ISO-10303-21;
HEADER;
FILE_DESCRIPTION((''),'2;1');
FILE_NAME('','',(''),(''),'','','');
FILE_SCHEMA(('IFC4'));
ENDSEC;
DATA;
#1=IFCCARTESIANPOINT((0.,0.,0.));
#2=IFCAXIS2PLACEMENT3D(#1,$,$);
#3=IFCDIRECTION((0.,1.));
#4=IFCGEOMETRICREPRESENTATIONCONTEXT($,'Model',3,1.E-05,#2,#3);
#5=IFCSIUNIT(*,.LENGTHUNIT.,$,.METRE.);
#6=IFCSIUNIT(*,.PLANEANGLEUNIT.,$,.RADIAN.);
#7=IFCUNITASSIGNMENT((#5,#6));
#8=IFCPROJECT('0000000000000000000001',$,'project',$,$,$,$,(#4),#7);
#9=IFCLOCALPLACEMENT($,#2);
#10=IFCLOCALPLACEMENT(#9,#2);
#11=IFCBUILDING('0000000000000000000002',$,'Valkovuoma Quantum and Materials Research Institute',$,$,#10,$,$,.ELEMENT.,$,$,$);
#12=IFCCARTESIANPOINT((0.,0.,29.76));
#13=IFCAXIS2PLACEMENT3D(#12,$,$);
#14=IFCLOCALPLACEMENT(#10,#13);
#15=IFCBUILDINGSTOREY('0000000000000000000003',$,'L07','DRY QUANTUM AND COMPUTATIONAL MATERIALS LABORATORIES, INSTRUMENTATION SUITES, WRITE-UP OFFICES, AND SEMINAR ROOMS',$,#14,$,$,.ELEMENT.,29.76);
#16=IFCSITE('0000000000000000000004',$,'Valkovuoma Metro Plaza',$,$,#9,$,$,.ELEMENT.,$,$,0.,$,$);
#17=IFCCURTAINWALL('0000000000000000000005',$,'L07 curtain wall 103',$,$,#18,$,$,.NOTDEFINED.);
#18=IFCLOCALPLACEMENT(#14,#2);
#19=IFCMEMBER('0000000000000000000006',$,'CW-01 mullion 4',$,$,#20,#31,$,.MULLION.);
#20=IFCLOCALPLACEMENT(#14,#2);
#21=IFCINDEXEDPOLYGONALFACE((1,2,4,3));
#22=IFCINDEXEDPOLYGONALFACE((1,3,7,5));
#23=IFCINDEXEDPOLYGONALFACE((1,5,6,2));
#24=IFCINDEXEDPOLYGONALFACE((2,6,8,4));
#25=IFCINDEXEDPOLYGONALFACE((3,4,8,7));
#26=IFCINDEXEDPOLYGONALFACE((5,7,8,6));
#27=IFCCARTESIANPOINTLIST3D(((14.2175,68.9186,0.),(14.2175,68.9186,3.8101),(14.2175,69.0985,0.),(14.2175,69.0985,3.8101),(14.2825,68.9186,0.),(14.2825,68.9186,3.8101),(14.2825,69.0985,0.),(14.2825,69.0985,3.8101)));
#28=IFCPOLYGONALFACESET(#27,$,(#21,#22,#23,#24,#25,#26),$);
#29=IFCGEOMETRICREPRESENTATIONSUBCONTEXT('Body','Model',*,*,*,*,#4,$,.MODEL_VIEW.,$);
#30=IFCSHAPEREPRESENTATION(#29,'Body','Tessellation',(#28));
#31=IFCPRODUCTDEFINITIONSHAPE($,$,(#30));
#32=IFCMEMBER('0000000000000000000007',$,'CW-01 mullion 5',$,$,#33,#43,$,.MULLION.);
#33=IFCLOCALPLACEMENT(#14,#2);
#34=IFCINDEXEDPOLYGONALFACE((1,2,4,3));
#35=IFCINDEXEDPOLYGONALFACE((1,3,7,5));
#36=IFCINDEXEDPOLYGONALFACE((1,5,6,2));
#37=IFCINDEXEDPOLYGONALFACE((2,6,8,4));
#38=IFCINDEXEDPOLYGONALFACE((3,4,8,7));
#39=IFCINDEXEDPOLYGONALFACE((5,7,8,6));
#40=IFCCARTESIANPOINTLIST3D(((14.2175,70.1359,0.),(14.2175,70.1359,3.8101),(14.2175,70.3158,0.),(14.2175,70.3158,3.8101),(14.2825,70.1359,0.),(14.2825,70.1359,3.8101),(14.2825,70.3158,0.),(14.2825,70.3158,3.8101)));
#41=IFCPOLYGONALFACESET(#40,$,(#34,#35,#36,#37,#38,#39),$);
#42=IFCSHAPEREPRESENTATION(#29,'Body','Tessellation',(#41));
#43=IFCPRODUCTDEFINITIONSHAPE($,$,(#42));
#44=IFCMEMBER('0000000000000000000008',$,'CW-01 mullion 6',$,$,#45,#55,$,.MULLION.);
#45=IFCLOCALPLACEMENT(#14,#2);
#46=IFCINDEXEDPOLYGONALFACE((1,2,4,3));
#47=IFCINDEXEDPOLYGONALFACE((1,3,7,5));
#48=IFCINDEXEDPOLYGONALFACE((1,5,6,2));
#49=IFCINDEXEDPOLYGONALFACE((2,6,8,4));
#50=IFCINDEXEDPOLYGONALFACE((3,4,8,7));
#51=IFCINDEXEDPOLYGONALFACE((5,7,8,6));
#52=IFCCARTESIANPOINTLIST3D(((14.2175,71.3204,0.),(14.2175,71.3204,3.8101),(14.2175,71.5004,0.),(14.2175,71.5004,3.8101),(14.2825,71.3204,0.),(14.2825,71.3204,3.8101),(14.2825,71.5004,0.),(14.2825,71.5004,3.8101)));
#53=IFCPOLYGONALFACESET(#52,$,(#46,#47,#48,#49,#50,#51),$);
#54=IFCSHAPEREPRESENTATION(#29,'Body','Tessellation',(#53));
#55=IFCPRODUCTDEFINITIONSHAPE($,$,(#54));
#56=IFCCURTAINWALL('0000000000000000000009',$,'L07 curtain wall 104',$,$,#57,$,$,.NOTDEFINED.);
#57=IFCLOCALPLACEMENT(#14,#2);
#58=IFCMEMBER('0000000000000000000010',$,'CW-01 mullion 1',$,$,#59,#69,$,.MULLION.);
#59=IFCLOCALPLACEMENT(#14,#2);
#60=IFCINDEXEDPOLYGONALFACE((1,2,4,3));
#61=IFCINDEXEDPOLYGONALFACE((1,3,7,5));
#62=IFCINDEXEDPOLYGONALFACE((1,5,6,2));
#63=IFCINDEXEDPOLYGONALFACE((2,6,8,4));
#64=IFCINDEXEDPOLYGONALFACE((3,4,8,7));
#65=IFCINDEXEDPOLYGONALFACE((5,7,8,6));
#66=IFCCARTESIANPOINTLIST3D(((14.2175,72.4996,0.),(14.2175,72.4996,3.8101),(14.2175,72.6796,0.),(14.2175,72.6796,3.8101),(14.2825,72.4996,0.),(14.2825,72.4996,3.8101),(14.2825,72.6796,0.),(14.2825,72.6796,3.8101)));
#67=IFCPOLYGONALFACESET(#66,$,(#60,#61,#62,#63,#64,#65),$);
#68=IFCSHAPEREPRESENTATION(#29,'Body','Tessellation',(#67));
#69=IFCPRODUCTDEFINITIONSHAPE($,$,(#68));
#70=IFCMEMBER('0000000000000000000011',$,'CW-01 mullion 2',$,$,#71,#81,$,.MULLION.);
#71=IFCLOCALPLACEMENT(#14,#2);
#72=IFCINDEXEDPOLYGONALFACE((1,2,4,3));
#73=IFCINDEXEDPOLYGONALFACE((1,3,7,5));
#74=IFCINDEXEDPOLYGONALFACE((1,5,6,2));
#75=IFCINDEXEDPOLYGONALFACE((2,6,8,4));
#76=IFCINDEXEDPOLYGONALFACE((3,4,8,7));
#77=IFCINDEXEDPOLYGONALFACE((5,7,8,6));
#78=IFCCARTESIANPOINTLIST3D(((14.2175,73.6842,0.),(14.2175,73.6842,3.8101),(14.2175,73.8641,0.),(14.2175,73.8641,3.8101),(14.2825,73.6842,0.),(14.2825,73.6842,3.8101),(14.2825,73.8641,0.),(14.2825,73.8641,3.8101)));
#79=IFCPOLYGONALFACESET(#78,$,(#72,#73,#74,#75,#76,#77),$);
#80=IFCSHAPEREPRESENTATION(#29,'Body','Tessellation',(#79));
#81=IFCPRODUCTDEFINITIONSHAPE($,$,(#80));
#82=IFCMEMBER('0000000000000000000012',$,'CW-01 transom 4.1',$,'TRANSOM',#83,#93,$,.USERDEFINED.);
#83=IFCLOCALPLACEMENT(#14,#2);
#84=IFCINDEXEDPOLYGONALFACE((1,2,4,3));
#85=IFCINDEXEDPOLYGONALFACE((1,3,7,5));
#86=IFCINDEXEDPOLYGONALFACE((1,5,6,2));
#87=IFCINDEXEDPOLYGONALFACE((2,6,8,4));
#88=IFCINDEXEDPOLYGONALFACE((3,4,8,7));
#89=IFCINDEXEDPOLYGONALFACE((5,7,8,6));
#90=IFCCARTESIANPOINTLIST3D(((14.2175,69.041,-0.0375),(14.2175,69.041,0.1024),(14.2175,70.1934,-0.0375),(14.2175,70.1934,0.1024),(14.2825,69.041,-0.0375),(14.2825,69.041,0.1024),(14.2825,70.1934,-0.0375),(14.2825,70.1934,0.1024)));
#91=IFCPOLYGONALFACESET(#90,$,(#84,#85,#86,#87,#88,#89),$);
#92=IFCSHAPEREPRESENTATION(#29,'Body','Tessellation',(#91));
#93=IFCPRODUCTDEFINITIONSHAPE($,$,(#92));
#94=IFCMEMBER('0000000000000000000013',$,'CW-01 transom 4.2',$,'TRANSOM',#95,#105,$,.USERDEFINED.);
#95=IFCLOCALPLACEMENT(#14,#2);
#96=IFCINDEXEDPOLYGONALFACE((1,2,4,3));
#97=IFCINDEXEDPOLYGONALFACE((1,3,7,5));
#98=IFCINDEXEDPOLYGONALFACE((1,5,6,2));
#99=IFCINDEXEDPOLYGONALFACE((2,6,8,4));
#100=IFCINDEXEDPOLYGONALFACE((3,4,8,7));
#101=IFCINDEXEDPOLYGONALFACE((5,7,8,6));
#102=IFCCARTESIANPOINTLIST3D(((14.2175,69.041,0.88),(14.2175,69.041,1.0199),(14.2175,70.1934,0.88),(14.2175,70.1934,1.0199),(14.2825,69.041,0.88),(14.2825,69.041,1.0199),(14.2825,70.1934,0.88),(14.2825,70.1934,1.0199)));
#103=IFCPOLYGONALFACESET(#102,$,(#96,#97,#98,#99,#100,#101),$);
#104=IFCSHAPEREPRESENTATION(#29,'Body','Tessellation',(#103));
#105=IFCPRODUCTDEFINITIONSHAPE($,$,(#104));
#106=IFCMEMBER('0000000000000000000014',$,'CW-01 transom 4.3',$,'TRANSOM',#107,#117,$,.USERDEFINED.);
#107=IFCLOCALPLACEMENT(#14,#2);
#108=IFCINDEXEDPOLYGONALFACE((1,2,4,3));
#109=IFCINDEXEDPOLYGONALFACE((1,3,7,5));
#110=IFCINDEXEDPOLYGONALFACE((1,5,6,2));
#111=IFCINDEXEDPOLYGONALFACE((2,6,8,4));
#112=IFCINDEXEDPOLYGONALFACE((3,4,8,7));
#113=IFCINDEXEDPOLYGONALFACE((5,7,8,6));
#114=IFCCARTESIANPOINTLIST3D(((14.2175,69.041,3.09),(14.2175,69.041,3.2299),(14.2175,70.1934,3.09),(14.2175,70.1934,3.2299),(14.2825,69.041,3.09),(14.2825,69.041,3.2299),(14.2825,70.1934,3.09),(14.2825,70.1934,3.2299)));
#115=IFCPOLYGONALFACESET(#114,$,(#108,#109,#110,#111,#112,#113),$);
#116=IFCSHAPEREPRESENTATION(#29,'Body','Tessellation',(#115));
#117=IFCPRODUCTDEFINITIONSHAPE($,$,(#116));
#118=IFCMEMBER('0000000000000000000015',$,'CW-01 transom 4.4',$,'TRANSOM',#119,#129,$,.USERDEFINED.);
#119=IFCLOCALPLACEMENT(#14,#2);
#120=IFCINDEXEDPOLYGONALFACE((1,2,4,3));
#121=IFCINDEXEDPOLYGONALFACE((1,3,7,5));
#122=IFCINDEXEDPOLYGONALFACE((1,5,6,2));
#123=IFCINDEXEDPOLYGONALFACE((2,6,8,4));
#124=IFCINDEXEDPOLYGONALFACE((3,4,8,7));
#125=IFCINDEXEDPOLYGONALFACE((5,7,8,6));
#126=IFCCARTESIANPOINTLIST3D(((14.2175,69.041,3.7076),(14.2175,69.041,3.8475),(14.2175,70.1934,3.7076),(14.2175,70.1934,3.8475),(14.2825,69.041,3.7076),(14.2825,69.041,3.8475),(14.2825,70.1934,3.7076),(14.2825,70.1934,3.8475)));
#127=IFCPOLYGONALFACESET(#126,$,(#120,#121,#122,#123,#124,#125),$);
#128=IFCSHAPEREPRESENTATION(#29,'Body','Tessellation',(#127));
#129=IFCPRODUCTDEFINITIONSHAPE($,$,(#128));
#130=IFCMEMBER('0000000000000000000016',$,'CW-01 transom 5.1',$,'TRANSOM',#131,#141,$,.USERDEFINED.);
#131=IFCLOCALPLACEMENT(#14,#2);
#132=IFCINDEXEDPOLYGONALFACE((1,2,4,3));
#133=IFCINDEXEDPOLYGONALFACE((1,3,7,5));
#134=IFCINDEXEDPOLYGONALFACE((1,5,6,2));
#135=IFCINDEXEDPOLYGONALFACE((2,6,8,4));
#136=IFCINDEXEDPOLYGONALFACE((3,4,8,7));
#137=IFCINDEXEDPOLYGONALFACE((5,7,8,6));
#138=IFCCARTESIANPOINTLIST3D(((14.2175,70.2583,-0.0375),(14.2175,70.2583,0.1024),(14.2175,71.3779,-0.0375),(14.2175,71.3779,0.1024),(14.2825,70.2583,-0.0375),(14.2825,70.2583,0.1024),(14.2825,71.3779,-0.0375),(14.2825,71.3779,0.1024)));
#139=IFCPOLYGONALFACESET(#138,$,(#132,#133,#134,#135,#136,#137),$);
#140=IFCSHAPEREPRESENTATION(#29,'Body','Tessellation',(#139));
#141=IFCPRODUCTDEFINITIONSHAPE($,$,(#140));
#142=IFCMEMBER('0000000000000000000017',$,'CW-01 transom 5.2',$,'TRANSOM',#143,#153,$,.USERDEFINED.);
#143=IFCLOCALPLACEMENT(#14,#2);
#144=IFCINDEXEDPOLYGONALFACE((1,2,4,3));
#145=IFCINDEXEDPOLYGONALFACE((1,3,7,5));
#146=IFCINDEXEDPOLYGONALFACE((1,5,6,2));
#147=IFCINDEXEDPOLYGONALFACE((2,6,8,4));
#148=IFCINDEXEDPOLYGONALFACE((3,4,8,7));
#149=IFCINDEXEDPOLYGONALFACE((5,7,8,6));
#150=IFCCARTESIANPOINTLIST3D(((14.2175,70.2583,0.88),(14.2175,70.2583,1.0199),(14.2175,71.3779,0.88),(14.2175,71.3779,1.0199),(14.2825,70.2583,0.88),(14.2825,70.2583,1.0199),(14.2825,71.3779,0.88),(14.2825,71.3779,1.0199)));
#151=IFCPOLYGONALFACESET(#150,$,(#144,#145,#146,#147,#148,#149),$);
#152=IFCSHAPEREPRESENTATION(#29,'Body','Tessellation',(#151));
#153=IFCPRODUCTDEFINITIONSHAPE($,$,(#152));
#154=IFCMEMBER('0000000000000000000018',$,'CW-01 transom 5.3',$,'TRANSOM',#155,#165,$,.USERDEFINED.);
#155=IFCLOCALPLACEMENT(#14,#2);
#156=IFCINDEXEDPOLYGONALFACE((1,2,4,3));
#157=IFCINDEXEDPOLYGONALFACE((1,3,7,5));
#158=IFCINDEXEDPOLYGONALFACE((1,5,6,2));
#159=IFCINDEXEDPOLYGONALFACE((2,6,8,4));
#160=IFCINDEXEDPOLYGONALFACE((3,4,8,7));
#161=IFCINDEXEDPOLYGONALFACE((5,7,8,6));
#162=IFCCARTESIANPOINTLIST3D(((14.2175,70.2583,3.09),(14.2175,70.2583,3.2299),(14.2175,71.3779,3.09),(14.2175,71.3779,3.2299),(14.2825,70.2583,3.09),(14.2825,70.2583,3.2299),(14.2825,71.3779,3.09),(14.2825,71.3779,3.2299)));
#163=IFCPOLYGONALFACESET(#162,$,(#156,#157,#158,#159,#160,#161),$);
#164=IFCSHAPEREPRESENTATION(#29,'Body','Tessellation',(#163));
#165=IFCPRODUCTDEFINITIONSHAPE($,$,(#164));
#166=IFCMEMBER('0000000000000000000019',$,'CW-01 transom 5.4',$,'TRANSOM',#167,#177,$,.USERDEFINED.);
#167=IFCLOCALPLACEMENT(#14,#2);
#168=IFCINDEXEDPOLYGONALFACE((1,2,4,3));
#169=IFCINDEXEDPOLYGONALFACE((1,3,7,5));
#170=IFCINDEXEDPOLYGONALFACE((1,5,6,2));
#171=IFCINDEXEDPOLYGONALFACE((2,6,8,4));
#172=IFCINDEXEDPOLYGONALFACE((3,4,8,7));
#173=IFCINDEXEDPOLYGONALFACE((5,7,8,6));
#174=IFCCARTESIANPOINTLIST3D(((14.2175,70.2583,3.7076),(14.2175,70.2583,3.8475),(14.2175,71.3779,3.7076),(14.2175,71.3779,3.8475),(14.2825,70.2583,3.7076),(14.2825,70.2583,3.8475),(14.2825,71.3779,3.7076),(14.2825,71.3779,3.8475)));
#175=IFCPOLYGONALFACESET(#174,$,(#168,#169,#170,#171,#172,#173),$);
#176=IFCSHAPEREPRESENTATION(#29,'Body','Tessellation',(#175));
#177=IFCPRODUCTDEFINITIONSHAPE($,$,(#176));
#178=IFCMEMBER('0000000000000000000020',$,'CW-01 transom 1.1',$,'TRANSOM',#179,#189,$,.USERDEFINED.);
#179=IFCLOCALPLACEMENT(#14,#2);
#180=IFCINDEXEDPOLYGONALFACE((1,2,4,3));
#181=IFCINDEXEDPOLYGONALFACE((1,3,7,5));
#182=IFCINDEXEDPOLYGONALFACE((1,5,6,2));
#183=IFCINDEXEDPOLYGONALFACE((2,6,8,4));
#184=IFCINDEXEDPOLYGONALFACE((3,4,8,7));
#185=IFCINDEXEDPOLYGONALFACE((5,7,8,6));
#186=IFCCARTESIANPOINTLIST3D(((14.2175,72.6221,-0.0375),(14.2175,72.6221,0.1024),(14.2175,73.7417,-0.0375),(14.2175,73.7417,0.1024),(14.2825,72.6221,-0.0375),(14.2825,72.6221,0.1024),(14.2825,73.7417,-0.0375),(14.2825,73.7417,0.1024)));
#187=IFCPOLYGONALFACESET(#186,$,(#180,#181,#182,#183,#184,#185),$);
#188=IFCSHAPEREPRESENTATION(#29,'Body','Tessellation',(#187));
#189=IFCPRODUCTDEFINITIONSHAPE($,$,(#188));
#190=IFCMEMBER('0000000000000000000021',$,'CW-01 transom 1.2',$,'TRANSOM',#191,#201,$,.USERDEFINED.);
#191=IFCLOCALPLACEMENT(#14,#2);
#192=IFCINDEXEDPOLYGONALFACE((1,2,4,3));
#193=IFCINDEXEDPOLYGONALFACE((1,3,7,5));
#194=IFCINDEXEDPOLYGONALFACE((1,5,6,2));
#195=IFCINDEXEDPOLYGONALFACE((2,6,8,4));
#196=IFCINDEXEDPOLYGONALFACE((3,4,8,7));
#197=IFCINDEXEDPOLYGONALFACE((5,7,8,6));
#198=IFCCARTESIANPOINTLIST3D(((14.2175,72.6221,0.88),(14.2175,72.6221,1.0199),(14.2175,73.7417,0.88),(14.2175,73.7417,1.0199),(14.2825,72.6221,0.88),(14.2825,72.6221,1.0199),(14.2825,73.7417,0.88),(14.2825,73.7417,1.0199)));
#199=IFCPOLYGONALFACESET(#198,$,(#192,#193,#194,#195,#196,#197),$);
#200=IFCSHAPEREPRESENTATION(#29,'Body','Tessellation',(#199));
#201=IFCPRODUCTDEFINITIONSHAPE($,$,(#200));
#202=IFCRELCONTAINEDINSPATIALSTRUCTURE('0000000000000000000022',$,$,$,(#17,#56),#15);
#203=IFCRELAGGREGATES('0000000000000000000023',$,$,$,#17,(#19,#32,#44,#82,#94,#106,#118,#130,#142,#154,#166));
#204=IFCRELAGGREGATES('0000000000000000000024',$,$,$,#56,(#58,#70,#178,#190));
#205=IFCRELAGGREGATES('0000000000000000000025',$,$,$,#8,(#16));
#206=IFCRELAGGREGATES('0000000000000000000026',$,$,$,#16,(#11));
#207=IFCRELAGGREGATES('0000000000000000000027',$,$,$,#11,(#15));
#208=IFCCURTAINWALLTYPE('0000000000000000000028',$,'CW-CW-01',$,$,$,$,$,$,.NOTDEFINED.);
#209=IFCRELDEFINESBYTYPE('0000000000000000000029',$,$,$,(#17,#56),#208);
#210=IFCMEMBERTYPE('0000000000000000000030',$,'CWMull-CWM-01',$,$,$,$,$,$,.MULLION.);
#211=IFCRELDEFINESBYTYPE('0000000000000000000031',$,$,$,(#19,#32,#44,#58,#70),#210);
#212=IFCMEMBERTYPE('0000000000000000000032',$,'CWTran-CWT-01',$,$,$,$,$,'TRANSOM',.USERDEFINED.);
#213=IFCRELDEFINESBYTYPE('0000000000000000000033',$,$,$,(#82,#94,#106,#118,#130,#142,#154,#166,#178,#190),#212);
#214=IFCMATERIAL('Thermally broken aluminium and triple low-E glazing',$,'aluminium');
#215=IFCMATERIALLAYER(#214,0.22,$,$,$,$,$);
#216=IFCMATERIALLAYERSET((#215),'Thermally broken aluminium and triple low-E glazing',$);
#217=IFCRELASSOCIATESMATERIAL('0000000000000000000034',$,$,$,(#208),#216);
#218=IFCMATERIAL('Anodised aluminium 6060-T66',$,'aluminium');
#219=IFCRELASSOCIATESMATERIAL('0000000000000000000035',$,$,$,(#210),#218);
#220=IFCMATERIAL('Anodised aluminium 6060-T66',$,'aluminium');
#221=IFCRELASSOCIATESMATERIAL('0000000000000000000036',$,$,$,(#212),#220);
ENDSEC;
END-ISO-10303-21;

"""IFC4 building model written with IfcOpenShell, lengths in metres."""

from ifc_helpers import new_model, si_unit, direction, frame, origin, origin_2d, place, context, subcontext, project, spatial, rectangle, extrude, material, layer, layer_set, material_profile, profile_set, type_object, element, aggregate, save


model = new_model("IFC4")

# Units and contexts
model_context = context("Model", 3, precision=1e-05, world=origin(), true_north=direction((0.0, 1.0)))
body_context = subcontext(model_context, "Body", "Model", "MODEL_VIEW")
ifc_project = project(units=[si_unit("LENGTHUNIT", "METRE"), si_unit("PLANEANGLEUNIT", "RADIAN")], contexts=[model_context])

# Site, building, storey
site_placement = place(None, origin())
site = spatial("IfcSite", under=ifc_project, at=site_placement, Name="Valkovuoma Metro Plaza", CompositionType="ELEMENT", RefElevation=0.0)
building_placement = place(site_placement, origin())
building = spatial("IfcBuilding", under=site, at=building_placement, Name="Valkovuoma Quantum and Materials Research Institute", CompositionType="ELEMENT")
storey_placement = place(building_placement, frame((0.0, 0.0, 29.76)))
storey = spatial("IfcBuildingStorey", under=building, at=storey_placement, Name="L07", Description="DRY QUANTUM AND COMPUTATIONAL MATERIALS LABORATORIES, INSTRUMENTATION SUITES, WRITE-UP OFFICES, AND SEMINAR ROOMS", CompositionType="ELEMENT", Elevation=29.76)

# Curtain walls, members
ifc_material_1 = material(Name="Thermally broken aluminium and triple low-E glazing", Category="aluminium")
ifc_layer_1 = layer(ifc_material_1, 0.22)
ifc_layer_set_1 = layer_set([ifc_layer_1], Name="Thermally broken aluminium and triple low-E glazing")
curtain_wall_type = type_object("IfcCurtainWallType", Name="CW-CW-01", PredefinedType="NOTDEFINED", material=ifc_layer_set_1)
curtain_wall_1_placement = place(storey_placement, origin())
curtain_wall_1 = element("IfcCurtainWall", 1, at=curtain_wall_1_placement, inside=storey, type_object=curtain_wall_type, Name="L07 curtain wall 103", PredefinedType="NOTDEFINED")
ifc_material_2 = material(Name="Anodised aluminium 6060-T66", Category="aluminium")
ifc_material_profile_1 = material_profile(ifc_material_2, rectangle(XDim=0.0649, YDim=0.1799, at=origin_2d()), Name="Anodised aluminium 6060-T66")
ifc_profile_set_1 = profile_set([ifc_material_profile_1], Name="Anodised aluminium 6060-T66")
member_type_1 = type_object("IfcMemberType", Name="CWMull-CWM-01", PredefinedType="MULLION", material=ifc_profile_set_1)
member_1_placement = place(storey_placement, frame((14.25, 69.0085, 0.0), z_axis=(0.0, 0.0, 1.0), x_axis=(-1.0, 0.0, 0.0)))
member_1 = element("IfcMember", 2, at=member_1_placement, type_object=member_type_1, Name="CW-01 mullion 4", PredefinedType="MULLION", context=body_context, shape_type="SweptSolid", body=[
    extrude(rectangle(XDim=0.0649, YDim=0.1799, at=origin_2d()), origin(), (0.0, 0.0, 1.0), 3.8101),
])
member_2_placement = place(storey_placement, frame((14.25, 70.2258, 0.0), z_axis=(0.0, 0.0, 1.0), x_axis=(-1.0, 0.0, 0.0)))
member_2 = element("IfcMember", 3, at=member_2_placement, type_object=member_type_1, Name="CW-01 mullion 5", PredefinedType="MULLION", context=body_context, shape_type="SweptSolid", body=[
    extrude(rectangle(XDim=0.0649, YDim=0.1799, at=origin_2d()), origin(), (0.0, 0.0, 1.0), 3.8101),
])
member_3_placement = place(storey_placement, frame((14.25, 71.4104, 0.0), z_axis=(0.0, 0.0, 1.0), x_axis=(-1.0, 0.0, 0.0)))
member_3 = element("IfcMember", 4, at=member_3_placement, type_object=member_type_1, Name="CW-01 mullion 6", PredefinedType="MULLION", context=body_context, shape_type="SweptSolid", body=[
    extrude(rectangle(XDim=0.0649, YDim=0.1799, at=origin_2d()), origin(), (0.0, 0.0, 1.0), 3.8101),
])
curtain_wall_2_placement = place(storey_placement, origin())
curtain_wall_2 = element("IfcCurtainWall", 5, at=curtain_wall_2_placement, inside=storey, type_object=curtain_wall_type, Name="L07 curtain wall 104", PredefinedType="NOTDEFINED")
member_4_placement = place(storey_placement, frame((14.25, 72.5896, 0.0), z_axis=(0.0, 0.0, 1.0), x_axis=(-1.0, 0.0, 0.0)))
member_4 = element("IfcMember", 6, at=member_4_placement, type_object=member_type_1, Name="CW-01 mullion 1", PredefinedType="MULLION", context=body_context, shape_type="SweptSolid", body=[
    extrude(rectangle(XDim=0.0649, YDim=0.1799, at=origin_2d()), origin(), (0.0, 0.0, 1.0), 3.8101),
])
member_5_placement = place(storey_placement, frame((14.25, 73.7742, 0.0), z_axis=(0.0, 0.0, 1.0), x_axis=(-1.0, 0.0, 0.0)))
member_5 = element("IfcMember", 7, at=member_5_placement, type_object=member_type_1, Name="CW-01 mullion 2", PredefinedType="MULLION", context=body_context, shape_type="SweptSolid", body=[
    extrude(rectangle(XDim=0.0649, YDim=0.1799, at=origin_2d()), origin(), (0.0, 0.0, 1.0), 3.8101),
])

# Members
ifc_material_3 = material(Name="Anodised aluminium 6060-T66", Category="aluminium")
ifc_material_profile_2 = material_profile(ifc_material_3, rectangle(XDim=0.0649, YDim=0.1399, at=origin_2d()), Name="Anodised aluminium 6060-T66")
ifc_profile_set_2 = profile_set([ifc_material_profile_2], Name="Anodised aluminium 6060-T66")
member_type_2 = type_object("IfcMemberType", Name="CWTran-CWT-01", ElementType="TRANSOM", PredefinedType="USERDEFINED", material=ifc_profile_set_2)
member_6_placement = place(storey_placement, frame((14.25, 69.041, 0.0325), z_axis=(0.0, 1.0, 0.0), x_axis=(-1.0, 0.0, 0.0)))
member_6 = element("IfcMember", 8, at=member_6_placement, type_object=member_type_2, Name="CW-01 transom 4.1", ObjectType="TRANSOM", PredefinedType="USERDEFINED", context=body_context, shape_type="SweptSolid", body=[
    extrude(rectangle(XDim=0.0649, YDim=0.1399, at=origin_2d()), origin(), (0.0, 0.0, 1.0), 1.1523),
])
member_7_placement = place(storey_placement, frame((14.25, 69.041, 0.95), z_axis=(0.0, 1.0, 0.0), x_axis=(-1.0, 0.0, 0.0)))
member_7 = element("IfcMember", 9, at=member_7_placement, type_object=member_type_2, Name="CW-01 transom 4.2", ObjectType="TRANSOM", PredefinedType="USERDEFINED", context=body_context, shape_type="SweptSolid", body=[
    extrude(rectangle(XDim=0.0649, YDim=0.1399, at=origin_2d()), origin(), (0.0, 0.0, 1.0), 1.1523),
])
member_8_placement = place(storey_placement, frame((14.25, 69.041, 3.1599), z_axis=(0.0, 1.0, 0.0), x_axis=(-1.0, 0.0, 0.0)))
member_8 = element("IfcMember", 10, at=member_8_placement, type_object=member_type_2, Name="CW-01 transom 4.3", ObjectType="TRANSOM", PredefinedType="USERDEFINED", context=body_context, shape_type="SweptSolid", body=[
    extrude(rectangle(XDim=0.0649, YDim=0.1399, at=origin_2d()), origin(), (0.0, 0.0, 1.0), 1.1523),
])
member_9_placement = place(storey_placement, frame((14.25, 69.041, 3.7776), z_axis=(0.0, 1.0, 0.0), x_axis=(-1.0, 0.0, 0.0)))
member_9 = element("IfcMember", 11, at=member_9_placement, type_object=member_type_2, Name="CW-01 transom 4.4", ObjectType="TRANSOM", PredefinedType="USERDEFINED", context=body_context, shape_type="SweptSolid", body=[
    extrude(rectangle(XDim=0.0649, YDim=0.1399, at=origin_2d()), origin(), (0.0, 0.0, 1.0), 1.1523),
])
member_10_placement = place(storey_placement, frame((14.25, 70.2583, 0.0325), z_axis=(0.0, 1.0, 0.0), x_axis=(-1.0, 0.0, 0.0)))
member_10 = element("IfcMember", 12, at=member_10_placement, type_object=member_type_2, Name="CW-01 transom 5.1", ObjectType="TRANSOM", PredefinedType="USERDEFINED", context=body_context, shape_type="SweptSolid", body=[
    extrude(rectangle(XDim=0.0649, YDim=0.1399, at=origin_2d()), origin(), (0.0, 0.0, 1.0), 1.1196),
])
member_11_placement = place(storey_placement, frame((14.25, 70.2583, 0.95), z_axis=(0.0, 1.0, 0.0), x_axis=(-1.0, 0.0, 0.0)))
member_11 = element("IfcMember", 13, at=member_11_placement, type_object=member_type_2, Name="CW-01 transom 5.2", ObjectType="TRANSOM", PredefinedType="USERDEFINED", context=body_context, shape_type="SweptSolid", body=[
    extrude(rectangle(XDim=0.0649, YDim=0.1399, at=origin_2d()), origin(), (0.0, 0.0, 1.0), 1.1196),
])
member_12_placement = place(storey_placement, frame((14.25, 70.2583, 3.1599), z_axis=(0.0, 1.0, 0.0), x_axis=(-1.0, 0.0, 0.0)))
member_12 = element("IfcMember", 14, at=member_12_placement, type_object=member_type_2, Name="CW-01 transom 5.3", ObjectType="TRANSOM", PredefinedType="USERDEFINED", context=body_context, shape_type="SweptSolid", body=[
    extrude(rectangle(XDim=0.0649, YDim=0.1399, at=origin_2d()), origin(), (0.0, 0.0, 1.0), 1.1196),
])
member_13_placement = place(storey_placement, frame((14.25, 70.2583, 3.7776), z_axis=(0.0, 1.0, 0.0), x_axis=(-1.0, 0.0, 0.0)))
member_13 = element("IfcMember", 15, at=member_13_placement, type_object=member_type_2, Name="CW-01 transom 5.4", ObjectType="TRANSOM", PredefinedType="USERDEFINED", context=body_context, shape_type="SweptSolid", body=[
    extrude(rectangle(XDim=0.0649, YDim=0.1399, at=origin_2d()), origin(), (0.0, 0.0, 1.0), 1.1196),
])
member_14_placement = place(storey_placement, frame((14.25, 72.6221, 0.0325), z_axis=(0.0, 1.0, 0.0), x_axis=(-1.0, 0.0, 0.0)))
member_14 = element("IfcMember", 16, at=member_14_placement, type_object=member_type_2, Name="CW-01 transom 1.1", ObjectType="TRANSOM", PredefinedType="USERDEFINED", context=body_context, shape_type="SweptSolid", body=[
    extrude(rectangle(XDim=0.0649, YDim=0.1399, at=origin_2d()), origin(), (0.0, 0.0, 1.0), 1.1196),
])
member_15_placement = place(storey_placement, frame((14.25, 72.6221, 0.95), z_axis=(0.0, 1.0, 0.0), x_axis=(-1.0, 0.0, 0.0)))
member_15 = element("IfcMember", 17, at=member_15_placement, type_object=member_type_2, Name="CW-01 transom 1.2", ObjectType="TRANSOM", PredefinedType="USERDEFINED", context=body_context, shape_type="SweptSolid", body=[
    extrude(rectangle(XDim=0.0649, YDim=0.1399, at=origin_2d()), origin(), (0.0, 0.0, 1.0), 1.1196),
])

aggregate(curtain_wall_1, [member_1, member_2, member_3, member_6, member_7, member_8, member_9, member_10, member_11, member_12, member_13])
aggregate(curtain_wall_2, [member_4, member_5, member_14, member_15])

save(model, "model.ifc")
